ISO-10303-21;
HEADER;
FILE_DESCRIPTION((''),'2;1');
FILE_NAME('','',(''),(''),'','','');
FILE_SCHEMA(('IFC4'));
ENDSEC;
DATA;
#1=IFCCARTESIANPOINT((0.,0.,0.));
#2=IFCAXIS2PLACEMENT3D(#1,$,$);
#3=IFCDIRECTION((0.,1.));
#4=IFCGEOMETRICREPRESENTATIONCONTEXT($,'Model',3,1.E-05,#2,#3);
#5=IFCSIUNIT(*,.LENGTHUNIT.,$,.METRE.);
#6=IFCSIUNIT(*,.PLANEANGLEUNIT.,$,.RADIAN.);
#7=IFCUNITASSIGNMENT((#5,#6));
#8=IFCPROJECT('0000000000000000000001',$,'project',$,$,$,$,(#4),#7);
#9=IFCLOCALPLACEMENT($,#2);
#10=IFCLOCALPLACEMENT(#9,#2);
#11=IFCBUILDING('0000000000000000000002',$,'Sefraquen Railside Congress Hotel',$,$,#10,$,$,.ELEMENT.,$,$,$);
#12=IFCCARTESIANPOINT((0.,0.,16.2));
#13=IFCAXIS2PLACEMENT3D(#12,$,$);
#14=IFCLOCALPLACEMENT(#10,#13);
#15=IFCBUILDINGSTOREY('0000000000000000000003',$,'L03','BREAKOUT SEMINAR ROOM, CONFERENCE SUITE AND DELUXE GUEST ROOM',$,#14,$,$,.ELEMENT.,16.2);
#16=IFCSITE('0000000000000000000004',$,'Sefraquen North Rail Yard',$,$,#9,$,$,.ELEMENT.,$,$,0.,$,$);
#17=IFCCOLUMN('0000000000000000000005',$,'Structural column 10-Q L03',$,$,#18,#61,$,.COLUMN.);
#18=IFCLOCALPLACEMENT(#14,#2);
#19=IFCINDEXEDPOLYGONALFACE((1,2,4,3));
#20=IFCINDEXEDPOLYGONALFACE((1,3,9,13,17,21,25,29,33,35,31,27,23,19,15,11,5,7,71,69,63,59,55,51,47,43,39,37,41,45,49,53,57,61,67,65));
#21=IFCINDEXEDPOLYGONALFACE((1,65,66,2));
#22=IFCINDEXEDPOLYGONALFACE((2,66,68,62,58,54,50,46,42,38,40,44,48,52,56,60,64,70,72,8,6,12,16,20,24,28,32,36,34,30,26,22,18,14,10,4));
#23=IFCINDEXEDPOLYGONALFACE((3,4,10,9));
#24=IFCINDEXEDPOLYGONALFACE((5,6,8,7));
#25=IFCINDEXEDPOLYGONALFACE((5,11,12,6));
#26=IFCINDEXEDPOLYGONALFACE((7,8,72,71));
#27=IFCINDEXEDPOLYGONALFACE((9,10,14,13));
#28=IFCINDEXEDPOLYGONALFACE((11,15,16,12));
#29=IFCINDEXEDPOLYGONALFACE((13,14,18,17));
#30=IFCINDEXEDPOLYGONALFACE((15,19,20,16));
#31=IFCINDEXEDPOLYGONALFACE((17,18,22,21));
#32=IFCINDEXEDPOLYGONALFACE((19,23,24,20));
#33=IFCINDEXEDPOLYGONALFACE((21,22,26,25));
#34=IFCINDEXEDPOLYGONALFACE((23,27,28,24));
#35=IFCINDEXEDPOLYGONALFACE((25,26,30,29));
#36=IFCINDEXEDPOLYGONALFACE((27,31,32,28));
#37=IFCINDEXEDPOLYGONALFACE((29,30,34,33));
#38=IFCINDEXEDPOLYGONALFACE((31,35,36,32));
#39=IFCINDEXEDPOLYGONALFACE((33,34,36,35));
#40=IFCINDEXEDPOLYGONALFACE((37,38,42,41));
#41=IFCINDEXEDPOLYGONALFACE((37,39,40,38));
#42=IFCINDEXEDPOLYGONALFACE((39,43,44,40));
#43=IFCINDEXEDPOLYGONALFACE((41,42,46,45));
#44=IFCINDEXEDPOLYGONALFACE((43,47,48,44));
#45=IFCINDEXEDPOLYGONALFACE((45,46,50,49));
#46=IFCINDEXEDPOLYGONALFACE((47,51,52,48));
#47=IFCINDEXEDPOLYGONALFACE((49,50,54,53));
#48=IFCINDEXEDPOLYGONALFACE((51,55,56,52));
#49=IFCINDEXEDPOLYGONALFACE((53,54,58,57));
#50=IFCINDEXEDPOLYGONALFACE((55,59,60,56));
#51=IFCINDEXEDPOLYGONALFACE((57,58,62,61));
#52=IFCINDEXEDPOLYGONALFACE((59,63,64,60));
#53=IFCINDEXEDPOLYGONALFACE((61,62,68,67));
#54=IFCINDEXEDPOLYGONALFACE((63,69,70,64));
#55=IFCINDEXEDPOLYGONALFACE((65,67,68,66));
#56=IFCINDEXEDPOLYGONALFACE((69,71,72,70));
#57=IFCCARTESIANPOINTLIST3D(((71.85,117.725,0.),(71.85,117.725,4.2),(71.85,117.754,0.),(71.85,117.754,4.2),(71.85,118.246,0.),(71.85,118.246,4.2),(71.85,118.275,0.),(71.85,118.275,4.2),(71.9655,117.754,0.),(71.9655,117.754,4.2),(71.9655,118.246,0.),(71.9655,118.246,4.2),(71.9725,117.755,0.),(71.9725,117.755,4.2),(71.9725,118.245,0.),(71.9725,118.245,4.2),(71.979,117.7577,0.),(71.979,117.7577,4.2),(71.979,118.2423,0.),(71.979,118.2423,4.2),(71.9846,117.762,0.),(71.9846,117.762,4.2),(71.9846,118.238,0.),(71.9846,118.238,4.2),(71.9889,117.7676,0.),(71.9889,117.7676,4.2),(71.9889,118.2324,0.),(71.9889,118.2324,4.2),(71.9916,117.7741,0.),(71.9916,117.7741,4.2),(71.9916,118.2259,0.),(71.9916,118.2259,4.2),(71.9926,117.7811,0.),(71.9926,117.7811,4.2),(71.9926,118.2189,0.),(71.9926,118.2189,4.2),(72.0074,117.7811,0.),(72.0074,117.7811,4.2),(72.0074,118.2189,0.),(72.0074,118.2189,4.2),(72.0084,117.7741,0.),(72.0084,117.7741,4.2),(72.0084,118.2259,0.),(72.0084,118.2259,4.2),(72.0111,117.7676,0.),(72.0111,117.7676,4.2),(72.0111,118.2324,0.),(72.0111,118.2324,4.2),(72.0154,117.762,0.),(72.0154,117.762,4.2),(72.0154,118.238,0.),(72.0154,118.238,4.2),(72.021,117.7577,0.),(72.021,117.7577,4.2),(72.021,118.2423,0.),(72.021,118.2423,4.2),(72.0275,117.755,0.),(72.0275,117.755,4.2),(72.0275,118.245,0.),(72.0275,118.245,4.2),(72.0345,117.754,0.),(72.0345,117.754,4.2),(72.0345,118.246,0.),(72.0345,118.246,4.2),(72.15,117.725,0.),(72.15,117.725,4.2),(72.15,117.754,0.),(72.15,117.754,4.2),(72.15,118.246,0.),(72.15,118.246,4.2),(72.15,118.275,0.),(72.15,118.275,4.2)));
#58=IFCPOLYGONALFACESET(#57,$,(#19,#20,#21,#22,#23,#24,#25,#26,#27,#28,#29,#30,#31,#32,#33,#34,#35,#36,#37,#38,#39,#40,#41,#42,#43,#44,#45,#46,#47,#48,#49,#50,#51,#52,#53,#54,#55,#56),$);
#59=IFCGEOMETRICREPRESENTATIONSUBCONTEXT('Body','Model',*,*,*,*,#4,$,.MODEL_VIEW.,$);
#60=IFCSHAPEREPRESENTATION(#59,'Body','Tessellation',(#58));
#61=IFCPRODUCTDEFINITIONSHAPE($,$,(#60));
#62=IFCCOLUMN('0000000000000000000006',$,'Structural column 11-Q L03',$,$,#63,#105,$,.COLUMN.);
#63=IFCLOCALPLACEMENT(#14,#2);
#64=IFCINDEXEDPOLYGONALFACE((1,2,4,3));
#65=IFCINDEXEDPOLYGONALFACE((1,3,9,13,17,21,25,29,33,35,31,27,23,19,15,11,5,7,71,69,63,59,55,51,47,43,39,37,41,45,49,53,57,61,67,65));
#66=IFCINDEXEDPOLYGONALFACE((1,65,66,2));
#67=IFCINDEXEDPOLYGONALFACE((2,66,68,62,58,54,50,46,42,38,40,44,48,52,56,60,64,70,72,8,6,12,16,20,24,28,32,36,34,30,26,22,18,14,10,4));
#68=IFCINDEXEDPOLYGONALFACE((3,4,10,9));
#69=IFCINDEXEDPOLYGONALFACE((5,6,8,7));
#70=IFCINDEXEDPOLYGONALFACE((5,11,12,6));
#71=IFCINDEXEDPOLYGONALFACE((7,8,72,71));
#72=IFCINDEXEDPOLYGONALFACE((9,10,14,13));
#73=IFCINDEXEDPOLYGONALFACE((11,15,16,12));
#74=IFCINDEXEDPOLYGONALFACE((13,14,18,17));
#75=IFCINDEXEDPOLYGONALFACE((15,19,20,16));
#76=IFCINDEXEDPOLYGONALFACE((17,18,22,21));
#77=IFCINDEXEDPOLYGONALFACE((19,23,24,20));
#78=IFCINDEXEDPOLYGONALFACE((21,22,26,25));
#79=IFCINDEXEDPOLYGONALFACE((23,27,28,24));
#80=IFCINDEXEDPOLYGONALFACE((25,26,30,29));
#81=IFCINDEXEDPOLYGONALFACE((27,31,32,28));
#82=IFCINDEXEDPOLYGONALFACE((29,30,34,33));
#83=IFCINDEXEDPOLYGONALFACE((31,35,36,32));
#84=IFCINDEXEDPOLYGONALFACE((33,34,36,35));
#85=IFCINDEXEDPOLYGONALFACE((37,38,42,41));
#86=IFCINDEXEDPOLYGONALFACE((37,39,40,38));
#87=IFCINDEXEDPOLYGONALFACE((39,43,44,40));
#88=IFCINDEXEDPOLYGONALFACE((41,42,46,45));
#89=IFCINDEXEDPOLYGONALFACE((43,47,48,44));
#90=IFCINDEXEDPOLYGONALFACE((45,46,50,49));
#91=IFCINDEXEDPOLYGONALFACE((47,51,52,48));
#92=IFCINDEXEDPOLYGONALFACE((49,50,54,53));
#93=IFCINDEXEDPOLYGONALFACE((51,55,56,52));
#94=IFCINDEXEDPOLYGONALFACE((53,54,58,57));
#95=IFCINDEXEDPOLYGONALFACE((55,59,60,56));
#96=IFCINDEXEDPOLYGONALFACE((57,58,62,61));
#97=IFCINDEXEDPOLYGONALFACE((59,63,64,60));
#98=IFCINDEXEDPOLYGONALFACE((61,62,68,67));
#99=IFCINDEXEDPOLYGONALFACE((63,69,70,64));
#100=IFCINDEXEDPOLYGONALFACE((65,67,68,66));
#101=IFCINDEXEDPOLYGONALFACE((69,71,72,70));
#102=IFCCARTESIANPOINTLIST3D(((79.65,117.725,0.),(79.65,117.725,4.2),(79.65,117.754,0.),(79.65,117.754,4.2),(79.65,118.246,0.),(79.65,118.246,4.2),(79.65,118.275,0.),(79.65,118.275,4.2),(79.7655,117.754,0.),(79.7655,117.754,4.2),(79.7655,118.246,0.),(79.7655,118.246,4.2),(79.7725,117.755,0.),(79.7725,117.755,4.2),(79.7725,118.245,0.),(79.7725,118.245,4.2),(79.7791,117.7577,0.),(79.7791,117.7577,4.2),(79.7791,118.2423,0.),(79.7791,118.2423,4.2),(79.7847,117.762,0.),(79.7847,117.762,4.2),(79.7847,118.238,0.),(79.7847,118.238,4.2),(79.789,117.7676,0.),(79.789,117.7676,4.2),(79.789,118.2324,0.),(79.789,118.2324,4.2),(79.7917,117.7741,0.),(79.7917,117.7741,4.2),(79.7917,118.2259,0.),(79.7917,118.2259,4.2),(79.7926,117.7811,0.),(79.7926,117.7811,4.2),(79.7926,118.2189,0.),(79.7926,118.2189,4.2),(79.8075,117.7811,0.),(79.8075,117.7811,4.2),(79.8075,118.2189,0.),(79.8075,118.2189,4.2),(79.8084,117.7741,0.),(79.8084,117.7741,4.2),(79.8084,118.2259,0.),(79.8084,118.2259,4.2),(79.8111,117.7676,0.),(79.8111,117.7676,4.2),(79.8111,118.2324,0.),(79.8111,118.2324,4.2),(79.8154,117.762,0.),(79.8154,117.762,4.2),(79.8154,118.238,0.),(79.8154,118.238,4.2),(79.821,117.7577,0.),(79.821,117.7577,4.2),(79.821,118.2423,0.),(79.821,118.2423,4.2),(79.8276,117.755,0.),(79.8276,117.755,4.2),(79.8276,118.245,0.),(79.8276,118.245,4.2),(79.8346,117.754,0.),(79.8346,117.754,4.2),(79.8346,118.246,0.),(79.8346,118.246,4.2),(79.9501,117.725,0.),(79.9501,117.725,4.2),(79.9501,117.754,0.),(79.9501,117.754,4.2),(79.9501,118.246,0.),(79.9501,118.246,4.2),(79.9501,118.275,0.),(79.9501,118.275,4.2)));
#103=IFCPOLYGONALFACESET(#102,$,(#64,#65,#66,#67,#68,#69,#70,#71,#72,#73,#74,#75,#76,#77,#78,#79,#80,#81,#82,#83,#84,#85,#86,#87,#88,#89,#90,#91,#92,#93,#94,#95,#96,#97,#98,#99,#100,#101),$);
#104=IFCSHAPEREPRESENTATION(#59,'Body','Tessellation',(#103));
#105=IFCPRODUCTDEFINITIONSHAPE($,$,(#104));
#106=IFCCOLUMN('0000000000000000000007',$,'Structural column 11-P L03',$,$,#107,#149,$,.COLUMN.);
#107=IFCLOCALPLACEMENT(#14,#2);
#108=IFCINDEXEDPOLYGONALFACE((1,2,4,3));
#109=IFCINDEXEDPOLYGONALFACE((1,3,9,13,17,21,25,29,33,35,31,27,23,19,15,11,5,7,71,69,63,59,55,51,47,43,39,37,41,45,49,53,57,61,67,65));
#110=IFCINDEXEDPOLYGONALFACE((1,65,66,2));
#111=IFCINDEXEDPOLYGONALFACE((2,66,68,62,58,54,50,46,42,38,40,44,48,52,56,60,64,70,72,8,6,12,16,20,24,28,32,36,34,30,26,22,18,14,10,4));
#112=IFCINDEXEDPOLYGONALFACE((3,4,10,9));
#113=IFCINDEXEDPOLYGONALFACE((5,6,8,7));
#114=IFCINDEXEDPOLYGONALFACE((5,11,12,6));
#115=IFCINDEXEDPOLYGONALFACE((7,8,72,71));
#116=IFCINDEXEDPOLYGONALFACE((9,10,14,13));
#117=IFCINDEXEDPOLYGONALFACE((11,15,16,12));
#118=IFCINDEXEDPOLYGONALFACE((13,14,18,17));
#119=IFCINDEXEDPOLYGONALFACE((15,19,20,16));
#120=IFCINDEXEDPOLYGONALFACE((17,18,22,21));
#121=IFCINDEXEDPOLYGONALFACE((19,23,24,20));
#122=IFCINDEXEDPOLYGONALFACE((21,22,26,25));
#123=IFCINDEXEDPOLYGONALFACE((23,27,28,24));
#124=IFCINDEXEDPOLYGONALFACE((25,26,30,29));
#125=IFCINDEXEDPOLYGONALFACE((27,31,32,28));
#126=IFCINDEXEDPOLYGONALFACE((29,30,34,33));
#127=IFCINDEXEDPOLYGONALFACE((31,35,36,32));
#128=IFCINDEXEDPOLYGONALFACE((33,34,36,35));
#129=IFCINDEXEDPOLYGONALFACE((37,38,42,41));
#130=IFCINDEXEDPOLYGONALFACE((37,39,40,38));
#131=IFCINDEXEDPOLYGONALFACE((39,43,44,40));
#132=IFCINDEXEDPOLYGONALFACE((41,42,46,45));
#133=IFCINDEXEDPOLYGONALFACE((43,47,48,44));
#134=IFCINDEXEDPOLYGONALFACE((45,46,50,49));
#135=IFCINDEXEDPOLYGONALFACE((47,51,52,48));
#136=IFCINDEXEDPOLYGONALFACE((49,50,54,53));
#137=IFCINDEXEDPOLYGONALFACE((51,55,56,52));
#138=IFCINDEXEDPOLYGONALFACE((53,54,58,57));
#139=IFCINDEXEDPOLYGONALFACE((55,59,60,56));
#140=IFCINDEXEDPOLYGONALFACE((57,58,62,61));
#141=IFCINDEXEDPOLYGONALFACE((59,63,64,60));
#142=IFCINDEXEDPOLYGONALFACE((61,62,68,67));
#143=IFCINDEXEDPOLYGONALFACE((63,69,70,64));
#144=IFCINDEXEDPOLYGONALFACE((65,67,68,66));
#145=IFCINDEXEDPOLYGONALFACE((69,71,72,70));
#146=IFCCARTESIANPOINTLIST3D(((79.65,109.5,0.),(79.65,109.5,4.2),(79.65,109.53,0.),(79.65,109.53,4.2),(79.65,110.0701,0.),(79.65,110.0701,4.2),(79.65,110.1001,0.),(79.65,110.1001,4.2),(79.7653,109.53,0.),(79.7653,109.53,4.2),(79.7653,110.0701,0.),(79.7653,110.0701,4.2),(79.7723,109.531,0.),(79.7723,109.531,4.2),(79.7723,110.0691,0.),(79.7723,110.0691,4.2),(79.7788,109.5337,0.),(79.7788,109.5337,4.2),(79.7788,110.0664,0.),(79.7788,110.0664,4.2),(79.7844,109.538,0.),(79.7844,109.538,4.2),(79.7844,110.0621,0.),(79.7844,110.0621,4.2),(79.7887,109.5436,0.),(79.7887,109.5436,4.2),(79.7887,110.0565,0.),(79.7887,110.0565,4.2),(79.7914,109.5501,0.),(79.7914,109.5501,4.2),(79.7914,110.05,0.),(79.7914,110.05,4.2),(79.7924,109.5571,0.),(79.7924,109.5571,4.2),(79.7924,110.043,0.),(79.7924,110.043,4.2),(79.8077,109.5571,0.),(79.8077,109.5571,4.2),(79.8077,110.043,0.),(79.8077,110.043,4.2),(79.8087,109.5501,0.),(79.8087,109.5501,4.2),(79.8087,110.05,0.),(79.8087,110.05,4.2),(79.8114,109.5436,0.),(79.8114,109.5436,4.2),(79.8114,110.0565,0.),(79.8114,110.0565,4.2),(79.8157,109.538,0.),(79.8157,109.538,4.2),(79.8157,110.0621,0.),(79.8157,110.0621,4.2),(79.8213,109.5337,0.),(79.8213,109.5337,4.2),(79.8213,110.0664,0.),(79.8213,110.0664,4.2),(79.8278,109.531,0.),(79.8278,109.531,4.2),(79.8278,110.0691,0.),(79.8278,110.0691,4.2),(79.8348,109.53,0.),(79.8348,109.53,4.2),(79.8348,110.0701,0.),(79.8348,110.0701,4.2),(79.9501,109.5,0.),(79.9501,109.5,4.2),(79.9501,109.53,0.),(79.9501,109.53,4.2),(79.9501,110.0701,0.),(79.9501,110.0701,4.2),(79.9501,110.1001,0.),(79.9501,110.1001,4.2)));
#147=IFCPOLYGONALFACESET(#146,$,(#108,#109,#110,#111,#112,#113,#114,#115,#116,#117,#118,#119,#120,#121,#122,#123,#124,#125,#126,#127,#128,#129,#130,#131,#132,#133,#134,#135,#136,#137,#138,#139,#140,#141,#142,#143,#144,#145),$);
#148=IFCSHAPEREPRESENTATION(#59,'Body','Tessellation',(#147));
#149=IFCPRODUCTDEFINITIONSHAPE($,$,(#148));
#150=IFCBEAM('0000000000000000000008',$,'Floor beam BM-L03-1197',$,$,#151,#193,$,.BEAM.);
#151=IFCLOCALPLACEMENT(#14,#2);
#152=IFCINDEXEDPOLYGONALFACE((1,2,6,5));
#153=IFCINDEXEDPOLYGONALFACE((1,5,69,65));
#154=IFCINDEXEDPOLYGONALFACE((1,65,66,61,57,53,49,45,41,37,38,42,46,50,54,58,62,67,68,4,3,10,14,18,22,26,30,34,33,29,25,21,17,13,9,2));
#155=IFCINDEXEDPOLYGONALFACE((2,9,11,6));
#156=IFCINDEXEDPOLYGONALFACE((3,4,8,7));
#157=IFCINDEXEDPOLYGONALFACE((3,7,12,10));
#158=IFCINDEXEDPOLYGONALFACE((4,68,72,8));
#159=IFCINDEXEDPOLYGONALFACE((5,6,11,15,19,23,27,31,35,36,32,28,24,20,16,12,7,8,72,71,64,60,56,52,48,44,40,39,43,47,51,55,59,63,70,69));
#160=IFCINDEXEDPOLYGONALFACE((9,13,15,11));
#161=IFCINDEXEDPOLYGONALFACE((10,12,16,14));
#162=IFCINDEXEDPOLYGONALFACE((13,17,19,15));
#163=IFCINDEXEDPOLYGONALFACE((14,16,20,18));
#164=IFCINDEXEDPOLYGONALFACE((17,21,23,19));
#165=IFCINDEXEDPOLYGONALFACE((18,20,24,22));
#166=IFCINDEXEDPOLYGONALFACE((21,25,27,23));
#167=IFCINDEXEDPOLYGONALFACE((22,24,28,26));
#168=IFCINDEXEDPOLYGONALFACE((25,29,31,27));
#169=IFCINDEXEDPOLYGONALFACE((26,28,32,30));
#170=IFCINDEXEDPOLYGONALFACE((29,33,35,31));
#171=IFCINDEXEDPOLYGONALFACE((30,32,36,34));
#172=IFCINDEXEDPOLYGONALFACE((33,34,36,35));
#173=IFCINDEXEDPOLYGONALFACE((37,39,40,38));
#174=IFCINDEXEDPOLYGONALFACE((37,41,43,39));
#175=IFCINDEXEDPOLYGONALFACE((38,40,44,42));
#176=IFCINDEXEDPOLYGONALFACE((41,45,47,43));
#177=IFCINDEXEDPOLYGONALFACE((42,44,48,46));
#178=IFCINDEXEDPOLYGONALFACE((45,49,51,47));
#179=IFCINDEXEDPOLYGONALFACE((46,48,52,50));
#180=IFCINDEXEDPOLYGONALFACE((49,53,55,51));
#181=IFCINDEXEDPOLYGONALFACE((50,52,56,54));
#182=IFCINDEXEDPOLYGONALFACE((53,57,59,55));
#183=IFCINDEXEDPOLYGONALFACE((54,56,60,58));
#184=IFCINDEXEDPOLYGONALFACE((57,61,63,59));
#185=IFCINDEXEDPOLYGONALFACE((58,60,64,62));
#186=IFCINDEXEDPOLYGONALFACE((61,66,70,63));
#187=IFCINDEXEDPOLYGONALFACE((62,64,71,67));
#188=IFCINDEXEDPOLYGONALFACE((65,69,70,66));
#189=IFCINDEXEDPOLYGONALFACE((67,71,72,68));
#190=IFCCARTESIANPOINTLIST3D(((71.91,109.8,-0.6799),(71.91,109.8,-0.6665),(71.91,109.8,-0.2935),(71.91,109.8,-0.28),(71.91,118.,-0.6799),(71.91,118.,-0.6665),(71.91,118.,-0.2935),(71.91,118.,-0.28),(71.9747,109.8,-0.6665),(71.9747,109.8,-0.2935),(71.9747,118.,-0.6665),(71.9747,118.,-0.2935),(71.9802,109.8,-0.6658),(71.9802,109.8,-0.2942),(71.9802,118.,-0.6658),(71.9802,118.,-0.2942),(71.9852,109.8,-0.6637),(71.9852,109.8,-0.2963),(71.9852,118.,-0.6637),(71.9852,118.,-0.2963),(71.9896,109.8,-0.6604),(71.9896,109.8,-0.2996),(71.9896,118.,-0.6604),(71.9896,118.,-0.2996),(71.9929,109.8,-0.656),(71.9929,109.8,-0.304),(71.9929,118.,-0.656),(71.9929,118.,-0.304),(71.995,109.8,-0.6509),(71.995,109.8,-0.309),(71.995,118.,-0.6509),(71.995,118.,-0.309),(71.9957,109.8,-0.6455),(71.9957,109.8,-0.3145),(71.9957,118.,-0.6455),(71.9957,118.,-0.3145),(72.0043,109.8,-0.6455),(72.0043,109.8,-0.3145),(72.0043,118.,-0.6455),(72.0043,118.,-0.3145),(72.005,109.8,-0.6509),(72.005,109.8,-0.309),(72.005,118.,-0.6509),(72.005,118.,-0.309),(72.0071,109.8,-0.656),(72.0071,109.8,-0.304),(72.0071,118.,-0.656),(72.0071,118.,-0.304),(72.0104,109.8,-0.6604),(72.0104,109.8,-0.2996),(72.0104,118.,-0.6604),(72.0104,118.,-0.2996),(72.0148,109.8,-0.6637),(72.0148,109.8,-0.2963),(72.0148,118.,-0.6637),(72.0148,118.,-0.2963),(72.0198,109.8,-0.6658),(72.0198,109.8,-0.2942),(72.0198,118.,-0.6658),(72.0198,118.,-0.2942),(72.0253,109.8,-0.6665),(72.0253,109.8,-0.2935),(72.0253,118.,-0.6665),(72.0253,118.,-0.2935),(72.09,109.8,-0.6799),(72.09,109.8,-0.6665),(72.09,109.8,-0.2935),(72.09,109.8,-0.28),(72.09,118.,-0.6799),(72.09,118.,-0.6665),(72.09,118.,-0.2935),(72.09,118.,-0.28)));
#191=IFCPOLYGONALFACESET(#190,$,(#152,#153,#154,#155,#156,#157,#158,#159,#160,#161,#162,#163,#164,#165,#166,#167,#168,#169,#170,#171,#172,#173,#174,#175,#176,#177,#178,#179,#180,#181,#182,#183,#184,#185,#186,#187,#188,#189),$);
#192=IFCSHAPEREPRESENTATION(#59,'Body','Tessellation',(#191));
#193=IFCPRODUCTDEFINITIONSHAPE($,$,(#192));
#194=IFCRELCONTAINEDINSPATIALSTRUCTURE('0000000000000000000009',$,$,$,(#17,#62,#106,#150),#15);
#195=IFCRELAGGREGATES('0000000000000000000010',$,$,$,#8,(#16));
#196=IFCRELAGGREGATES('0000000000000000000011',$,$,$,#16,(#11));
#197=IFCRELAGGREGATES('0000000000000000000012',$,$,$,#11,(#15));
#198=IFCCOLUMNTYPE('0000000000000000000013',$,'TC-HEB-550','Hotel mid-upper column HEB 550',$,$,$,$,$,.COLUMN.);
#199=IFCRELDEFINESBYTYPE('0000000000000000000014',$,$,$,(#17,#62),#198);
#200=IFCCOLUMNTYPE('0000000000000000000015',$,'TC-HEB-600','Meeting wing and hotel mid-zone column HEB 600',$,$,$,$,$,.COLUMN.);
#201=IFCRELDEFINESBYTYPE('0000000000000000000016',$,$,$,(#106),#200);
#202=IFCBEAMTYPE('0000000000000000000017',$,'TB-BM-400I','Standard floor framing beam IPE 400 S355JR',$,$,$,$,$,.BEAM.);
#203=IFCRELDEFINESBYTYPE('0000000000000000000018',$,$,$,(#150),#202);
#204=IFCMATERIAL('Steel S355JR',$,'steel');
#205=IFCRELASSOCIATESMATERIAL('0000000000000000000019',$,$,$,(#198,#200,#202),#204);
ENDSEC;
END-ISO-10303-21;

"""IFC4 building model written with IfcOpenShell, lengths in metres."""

from ifc_helpers import new_model, si_unit, direction, frame, origin, origin_2d, place, context, subcontext, project, spatial, i_section, extrude, material, material_profile, profile_set, type_object, element, save


model = new_model("IFC4")

# Units and contexts
model_context = context("Model", 3, precision=1e-05, world=origin(), true_north=direction((0.0, 1.0)))
body_context = subcontext(model_context, "Body", "Model", "MODEL_VIEW")
ifc_project = project(units=[si_unit("LENGTHUNIT", "METRE"), si_unit("PLANEANGLEUNIT", "RADIAN")], contexts=[model_context])

# Site, building, storey
site_placement = place(None, origin())
site = spatial("IfcSite", under=ifc_project, at=site_placement, Name="Sefraquen North Rail Yard", CompositionType="ELEMENT", RefElevation=0.0)
building_placement = place(site_placement, origin())
building = spatial("IfcBuilding", under=site, at=building_placement, Name="Sefraquen Railside Congress Hotel", CompositionType="ELEMENT")
storey_placement = place(building_placement, frame((0.0, 0.0, 16.2)))
storey = spatial("IfcBuildingStorey", under=building, at=storey_placement, Name="L03", Description="BREAKOUT SEMINAR ROOM, CONFERENCE SUITE AND DELUXE GUEST ROOM", CompositionType="ELEMENT", Elevation=16.2)

# Columns
ifc_material_1 = material(Name="Steel S355JR", Category="steel")
ifc_material_profile_1 = material_profile(ifc_material_1, i_section(OverallWidth=0.3, OverallDepth=0.55, WebThickness=0.0149, FlangeThickness=0.0291, FilletRadius=0.0271, at=origin_2d()), Name="HEB 550")
ifc_profile_set_1 = profile_set([ifc_material_profile_1], Name="Steel S355JR")
column_type_1 = type_object("IfcColumnType", Name="TC-HEB-550", Description="Hotel mid-upper column HEB 550", PredefinedType="COLUMN", material=ifc_profile_set_1)
for number, where, z_axis, x_axis, name in (
    (1, (72.0, 118.0, 0.0), (0.0, 0.0, 1.0), (1.0, 0.0, 0.0), "Structural column 10-Q L03"),
    (2, (79.8, 118.0, 0.0), (0.0, 0.0, 1.0), (1.0, 0.0, 0.0), "Structural column 11-Q L03"),
):
    element("IfcColumn", number, at=place(storey_placement, frame(where, z_axis=z_axis, x_axis=x_axis)), inside=storey, type_object=column_type_1, Name=name, PredefinedType="COLUMN", context=body_context, shape_type="SweptSolid", body=[
        extrude(i_section(OverallWidth=0.3, OverallDepth=0.55, WebThickness=0.0149, FlangeThickness=0.0291, FilletRadius=0.0271, at=origin_2d()), origin(), (0.0, 0.0, 1.0), 4.2),
    ])
ifc_material_profile_2 = material_profile(ifc_material_1, i_section(OverallWidth=0.3, OverallDepth=0.6001, WebThickness=0.0154, FlangeThickness=0.03, FilletRadius=0.0271, at=origin_2d()), Name="HEB 600")
ifc_profile_set_2 = profile_set([ifc_material_profile_2], Name="Steel S355JR")
column_type_2 = type_object("IfcColumnType", Name="TC-HEB-600", Description="Meeting wing and hotel mid-zone column HEB 600", PredefinedType="COLUMN", material=ifc_profile_set_2)
column_placement = place(storey_placement, frame((79.8, 109.8, 0.0), z_axis=(0.0, 0.0, 1.0), x_axis=(1.0, 0.0, 0.0)))
element("IfcColumn", 3, at=column_placement, inside=storey, type_object=column_type_2, Name="Structural column 11-P L03", PredefinedType="COLUMN", context=body_context, shape_type="SweptSolid", body=[
    extrude(i_section(OverallWidth=0.3, OverallDepth=0.6001, WebThickness=0.0154, FlangeThickness=0.03, FilletRadius=0.0271, at=origin_2d()), origin(), (0.0, 0.0, 1.0), 4.2),
])

# Beam
ifc_material_profile_3 = material_profile(ifc_material_1, i_section(OverallWidth=0.1799, OverallDepth=0.3999, WebThickness=0.0085, FlangeThickness=0.0134, FilletRadius=0.021, at=origin_2d()), Name="IPE 400")
ifc_profile_set_3 = profile_set([ifc_material_profile_3], Name="Steel S355JR")
beam_type_1 = type_object("IfcBeamType", Name="TB-BM-400I", Description="Standard floor framing beam IPE 400 S355JR", PredefinedType="BEAM", material=ifc_profile_set_3)
for number, where, z_axis, x_axis, name in (
    (4, (72.0, 109.8, -0.48), (0.0, 1.0, 0.0), (-1.0, 0.0, 0.0), "Floor beam BM-L03-1197"),
):
    element("IfcBeam", number, at=place(storey_placement, frame(where, z_axis=z_axis, x_axis=x_axis)), inside=storey, type_object=beam_type_1, Name=name, PredefinedType="BEAM", context=body_context, shape_type="SweptSolid", body=[
        extrude(i_section(OverallWidth=0.1799, OverallDepth=0.3999, WebThickness=0.0085, FlangeThickness=0.0134, FilletRadius=0.021, at=origin_2d()), origin(), (0.0, 0.0, 1.0), 8.2),
    ])

save(model, "model.ifc")
